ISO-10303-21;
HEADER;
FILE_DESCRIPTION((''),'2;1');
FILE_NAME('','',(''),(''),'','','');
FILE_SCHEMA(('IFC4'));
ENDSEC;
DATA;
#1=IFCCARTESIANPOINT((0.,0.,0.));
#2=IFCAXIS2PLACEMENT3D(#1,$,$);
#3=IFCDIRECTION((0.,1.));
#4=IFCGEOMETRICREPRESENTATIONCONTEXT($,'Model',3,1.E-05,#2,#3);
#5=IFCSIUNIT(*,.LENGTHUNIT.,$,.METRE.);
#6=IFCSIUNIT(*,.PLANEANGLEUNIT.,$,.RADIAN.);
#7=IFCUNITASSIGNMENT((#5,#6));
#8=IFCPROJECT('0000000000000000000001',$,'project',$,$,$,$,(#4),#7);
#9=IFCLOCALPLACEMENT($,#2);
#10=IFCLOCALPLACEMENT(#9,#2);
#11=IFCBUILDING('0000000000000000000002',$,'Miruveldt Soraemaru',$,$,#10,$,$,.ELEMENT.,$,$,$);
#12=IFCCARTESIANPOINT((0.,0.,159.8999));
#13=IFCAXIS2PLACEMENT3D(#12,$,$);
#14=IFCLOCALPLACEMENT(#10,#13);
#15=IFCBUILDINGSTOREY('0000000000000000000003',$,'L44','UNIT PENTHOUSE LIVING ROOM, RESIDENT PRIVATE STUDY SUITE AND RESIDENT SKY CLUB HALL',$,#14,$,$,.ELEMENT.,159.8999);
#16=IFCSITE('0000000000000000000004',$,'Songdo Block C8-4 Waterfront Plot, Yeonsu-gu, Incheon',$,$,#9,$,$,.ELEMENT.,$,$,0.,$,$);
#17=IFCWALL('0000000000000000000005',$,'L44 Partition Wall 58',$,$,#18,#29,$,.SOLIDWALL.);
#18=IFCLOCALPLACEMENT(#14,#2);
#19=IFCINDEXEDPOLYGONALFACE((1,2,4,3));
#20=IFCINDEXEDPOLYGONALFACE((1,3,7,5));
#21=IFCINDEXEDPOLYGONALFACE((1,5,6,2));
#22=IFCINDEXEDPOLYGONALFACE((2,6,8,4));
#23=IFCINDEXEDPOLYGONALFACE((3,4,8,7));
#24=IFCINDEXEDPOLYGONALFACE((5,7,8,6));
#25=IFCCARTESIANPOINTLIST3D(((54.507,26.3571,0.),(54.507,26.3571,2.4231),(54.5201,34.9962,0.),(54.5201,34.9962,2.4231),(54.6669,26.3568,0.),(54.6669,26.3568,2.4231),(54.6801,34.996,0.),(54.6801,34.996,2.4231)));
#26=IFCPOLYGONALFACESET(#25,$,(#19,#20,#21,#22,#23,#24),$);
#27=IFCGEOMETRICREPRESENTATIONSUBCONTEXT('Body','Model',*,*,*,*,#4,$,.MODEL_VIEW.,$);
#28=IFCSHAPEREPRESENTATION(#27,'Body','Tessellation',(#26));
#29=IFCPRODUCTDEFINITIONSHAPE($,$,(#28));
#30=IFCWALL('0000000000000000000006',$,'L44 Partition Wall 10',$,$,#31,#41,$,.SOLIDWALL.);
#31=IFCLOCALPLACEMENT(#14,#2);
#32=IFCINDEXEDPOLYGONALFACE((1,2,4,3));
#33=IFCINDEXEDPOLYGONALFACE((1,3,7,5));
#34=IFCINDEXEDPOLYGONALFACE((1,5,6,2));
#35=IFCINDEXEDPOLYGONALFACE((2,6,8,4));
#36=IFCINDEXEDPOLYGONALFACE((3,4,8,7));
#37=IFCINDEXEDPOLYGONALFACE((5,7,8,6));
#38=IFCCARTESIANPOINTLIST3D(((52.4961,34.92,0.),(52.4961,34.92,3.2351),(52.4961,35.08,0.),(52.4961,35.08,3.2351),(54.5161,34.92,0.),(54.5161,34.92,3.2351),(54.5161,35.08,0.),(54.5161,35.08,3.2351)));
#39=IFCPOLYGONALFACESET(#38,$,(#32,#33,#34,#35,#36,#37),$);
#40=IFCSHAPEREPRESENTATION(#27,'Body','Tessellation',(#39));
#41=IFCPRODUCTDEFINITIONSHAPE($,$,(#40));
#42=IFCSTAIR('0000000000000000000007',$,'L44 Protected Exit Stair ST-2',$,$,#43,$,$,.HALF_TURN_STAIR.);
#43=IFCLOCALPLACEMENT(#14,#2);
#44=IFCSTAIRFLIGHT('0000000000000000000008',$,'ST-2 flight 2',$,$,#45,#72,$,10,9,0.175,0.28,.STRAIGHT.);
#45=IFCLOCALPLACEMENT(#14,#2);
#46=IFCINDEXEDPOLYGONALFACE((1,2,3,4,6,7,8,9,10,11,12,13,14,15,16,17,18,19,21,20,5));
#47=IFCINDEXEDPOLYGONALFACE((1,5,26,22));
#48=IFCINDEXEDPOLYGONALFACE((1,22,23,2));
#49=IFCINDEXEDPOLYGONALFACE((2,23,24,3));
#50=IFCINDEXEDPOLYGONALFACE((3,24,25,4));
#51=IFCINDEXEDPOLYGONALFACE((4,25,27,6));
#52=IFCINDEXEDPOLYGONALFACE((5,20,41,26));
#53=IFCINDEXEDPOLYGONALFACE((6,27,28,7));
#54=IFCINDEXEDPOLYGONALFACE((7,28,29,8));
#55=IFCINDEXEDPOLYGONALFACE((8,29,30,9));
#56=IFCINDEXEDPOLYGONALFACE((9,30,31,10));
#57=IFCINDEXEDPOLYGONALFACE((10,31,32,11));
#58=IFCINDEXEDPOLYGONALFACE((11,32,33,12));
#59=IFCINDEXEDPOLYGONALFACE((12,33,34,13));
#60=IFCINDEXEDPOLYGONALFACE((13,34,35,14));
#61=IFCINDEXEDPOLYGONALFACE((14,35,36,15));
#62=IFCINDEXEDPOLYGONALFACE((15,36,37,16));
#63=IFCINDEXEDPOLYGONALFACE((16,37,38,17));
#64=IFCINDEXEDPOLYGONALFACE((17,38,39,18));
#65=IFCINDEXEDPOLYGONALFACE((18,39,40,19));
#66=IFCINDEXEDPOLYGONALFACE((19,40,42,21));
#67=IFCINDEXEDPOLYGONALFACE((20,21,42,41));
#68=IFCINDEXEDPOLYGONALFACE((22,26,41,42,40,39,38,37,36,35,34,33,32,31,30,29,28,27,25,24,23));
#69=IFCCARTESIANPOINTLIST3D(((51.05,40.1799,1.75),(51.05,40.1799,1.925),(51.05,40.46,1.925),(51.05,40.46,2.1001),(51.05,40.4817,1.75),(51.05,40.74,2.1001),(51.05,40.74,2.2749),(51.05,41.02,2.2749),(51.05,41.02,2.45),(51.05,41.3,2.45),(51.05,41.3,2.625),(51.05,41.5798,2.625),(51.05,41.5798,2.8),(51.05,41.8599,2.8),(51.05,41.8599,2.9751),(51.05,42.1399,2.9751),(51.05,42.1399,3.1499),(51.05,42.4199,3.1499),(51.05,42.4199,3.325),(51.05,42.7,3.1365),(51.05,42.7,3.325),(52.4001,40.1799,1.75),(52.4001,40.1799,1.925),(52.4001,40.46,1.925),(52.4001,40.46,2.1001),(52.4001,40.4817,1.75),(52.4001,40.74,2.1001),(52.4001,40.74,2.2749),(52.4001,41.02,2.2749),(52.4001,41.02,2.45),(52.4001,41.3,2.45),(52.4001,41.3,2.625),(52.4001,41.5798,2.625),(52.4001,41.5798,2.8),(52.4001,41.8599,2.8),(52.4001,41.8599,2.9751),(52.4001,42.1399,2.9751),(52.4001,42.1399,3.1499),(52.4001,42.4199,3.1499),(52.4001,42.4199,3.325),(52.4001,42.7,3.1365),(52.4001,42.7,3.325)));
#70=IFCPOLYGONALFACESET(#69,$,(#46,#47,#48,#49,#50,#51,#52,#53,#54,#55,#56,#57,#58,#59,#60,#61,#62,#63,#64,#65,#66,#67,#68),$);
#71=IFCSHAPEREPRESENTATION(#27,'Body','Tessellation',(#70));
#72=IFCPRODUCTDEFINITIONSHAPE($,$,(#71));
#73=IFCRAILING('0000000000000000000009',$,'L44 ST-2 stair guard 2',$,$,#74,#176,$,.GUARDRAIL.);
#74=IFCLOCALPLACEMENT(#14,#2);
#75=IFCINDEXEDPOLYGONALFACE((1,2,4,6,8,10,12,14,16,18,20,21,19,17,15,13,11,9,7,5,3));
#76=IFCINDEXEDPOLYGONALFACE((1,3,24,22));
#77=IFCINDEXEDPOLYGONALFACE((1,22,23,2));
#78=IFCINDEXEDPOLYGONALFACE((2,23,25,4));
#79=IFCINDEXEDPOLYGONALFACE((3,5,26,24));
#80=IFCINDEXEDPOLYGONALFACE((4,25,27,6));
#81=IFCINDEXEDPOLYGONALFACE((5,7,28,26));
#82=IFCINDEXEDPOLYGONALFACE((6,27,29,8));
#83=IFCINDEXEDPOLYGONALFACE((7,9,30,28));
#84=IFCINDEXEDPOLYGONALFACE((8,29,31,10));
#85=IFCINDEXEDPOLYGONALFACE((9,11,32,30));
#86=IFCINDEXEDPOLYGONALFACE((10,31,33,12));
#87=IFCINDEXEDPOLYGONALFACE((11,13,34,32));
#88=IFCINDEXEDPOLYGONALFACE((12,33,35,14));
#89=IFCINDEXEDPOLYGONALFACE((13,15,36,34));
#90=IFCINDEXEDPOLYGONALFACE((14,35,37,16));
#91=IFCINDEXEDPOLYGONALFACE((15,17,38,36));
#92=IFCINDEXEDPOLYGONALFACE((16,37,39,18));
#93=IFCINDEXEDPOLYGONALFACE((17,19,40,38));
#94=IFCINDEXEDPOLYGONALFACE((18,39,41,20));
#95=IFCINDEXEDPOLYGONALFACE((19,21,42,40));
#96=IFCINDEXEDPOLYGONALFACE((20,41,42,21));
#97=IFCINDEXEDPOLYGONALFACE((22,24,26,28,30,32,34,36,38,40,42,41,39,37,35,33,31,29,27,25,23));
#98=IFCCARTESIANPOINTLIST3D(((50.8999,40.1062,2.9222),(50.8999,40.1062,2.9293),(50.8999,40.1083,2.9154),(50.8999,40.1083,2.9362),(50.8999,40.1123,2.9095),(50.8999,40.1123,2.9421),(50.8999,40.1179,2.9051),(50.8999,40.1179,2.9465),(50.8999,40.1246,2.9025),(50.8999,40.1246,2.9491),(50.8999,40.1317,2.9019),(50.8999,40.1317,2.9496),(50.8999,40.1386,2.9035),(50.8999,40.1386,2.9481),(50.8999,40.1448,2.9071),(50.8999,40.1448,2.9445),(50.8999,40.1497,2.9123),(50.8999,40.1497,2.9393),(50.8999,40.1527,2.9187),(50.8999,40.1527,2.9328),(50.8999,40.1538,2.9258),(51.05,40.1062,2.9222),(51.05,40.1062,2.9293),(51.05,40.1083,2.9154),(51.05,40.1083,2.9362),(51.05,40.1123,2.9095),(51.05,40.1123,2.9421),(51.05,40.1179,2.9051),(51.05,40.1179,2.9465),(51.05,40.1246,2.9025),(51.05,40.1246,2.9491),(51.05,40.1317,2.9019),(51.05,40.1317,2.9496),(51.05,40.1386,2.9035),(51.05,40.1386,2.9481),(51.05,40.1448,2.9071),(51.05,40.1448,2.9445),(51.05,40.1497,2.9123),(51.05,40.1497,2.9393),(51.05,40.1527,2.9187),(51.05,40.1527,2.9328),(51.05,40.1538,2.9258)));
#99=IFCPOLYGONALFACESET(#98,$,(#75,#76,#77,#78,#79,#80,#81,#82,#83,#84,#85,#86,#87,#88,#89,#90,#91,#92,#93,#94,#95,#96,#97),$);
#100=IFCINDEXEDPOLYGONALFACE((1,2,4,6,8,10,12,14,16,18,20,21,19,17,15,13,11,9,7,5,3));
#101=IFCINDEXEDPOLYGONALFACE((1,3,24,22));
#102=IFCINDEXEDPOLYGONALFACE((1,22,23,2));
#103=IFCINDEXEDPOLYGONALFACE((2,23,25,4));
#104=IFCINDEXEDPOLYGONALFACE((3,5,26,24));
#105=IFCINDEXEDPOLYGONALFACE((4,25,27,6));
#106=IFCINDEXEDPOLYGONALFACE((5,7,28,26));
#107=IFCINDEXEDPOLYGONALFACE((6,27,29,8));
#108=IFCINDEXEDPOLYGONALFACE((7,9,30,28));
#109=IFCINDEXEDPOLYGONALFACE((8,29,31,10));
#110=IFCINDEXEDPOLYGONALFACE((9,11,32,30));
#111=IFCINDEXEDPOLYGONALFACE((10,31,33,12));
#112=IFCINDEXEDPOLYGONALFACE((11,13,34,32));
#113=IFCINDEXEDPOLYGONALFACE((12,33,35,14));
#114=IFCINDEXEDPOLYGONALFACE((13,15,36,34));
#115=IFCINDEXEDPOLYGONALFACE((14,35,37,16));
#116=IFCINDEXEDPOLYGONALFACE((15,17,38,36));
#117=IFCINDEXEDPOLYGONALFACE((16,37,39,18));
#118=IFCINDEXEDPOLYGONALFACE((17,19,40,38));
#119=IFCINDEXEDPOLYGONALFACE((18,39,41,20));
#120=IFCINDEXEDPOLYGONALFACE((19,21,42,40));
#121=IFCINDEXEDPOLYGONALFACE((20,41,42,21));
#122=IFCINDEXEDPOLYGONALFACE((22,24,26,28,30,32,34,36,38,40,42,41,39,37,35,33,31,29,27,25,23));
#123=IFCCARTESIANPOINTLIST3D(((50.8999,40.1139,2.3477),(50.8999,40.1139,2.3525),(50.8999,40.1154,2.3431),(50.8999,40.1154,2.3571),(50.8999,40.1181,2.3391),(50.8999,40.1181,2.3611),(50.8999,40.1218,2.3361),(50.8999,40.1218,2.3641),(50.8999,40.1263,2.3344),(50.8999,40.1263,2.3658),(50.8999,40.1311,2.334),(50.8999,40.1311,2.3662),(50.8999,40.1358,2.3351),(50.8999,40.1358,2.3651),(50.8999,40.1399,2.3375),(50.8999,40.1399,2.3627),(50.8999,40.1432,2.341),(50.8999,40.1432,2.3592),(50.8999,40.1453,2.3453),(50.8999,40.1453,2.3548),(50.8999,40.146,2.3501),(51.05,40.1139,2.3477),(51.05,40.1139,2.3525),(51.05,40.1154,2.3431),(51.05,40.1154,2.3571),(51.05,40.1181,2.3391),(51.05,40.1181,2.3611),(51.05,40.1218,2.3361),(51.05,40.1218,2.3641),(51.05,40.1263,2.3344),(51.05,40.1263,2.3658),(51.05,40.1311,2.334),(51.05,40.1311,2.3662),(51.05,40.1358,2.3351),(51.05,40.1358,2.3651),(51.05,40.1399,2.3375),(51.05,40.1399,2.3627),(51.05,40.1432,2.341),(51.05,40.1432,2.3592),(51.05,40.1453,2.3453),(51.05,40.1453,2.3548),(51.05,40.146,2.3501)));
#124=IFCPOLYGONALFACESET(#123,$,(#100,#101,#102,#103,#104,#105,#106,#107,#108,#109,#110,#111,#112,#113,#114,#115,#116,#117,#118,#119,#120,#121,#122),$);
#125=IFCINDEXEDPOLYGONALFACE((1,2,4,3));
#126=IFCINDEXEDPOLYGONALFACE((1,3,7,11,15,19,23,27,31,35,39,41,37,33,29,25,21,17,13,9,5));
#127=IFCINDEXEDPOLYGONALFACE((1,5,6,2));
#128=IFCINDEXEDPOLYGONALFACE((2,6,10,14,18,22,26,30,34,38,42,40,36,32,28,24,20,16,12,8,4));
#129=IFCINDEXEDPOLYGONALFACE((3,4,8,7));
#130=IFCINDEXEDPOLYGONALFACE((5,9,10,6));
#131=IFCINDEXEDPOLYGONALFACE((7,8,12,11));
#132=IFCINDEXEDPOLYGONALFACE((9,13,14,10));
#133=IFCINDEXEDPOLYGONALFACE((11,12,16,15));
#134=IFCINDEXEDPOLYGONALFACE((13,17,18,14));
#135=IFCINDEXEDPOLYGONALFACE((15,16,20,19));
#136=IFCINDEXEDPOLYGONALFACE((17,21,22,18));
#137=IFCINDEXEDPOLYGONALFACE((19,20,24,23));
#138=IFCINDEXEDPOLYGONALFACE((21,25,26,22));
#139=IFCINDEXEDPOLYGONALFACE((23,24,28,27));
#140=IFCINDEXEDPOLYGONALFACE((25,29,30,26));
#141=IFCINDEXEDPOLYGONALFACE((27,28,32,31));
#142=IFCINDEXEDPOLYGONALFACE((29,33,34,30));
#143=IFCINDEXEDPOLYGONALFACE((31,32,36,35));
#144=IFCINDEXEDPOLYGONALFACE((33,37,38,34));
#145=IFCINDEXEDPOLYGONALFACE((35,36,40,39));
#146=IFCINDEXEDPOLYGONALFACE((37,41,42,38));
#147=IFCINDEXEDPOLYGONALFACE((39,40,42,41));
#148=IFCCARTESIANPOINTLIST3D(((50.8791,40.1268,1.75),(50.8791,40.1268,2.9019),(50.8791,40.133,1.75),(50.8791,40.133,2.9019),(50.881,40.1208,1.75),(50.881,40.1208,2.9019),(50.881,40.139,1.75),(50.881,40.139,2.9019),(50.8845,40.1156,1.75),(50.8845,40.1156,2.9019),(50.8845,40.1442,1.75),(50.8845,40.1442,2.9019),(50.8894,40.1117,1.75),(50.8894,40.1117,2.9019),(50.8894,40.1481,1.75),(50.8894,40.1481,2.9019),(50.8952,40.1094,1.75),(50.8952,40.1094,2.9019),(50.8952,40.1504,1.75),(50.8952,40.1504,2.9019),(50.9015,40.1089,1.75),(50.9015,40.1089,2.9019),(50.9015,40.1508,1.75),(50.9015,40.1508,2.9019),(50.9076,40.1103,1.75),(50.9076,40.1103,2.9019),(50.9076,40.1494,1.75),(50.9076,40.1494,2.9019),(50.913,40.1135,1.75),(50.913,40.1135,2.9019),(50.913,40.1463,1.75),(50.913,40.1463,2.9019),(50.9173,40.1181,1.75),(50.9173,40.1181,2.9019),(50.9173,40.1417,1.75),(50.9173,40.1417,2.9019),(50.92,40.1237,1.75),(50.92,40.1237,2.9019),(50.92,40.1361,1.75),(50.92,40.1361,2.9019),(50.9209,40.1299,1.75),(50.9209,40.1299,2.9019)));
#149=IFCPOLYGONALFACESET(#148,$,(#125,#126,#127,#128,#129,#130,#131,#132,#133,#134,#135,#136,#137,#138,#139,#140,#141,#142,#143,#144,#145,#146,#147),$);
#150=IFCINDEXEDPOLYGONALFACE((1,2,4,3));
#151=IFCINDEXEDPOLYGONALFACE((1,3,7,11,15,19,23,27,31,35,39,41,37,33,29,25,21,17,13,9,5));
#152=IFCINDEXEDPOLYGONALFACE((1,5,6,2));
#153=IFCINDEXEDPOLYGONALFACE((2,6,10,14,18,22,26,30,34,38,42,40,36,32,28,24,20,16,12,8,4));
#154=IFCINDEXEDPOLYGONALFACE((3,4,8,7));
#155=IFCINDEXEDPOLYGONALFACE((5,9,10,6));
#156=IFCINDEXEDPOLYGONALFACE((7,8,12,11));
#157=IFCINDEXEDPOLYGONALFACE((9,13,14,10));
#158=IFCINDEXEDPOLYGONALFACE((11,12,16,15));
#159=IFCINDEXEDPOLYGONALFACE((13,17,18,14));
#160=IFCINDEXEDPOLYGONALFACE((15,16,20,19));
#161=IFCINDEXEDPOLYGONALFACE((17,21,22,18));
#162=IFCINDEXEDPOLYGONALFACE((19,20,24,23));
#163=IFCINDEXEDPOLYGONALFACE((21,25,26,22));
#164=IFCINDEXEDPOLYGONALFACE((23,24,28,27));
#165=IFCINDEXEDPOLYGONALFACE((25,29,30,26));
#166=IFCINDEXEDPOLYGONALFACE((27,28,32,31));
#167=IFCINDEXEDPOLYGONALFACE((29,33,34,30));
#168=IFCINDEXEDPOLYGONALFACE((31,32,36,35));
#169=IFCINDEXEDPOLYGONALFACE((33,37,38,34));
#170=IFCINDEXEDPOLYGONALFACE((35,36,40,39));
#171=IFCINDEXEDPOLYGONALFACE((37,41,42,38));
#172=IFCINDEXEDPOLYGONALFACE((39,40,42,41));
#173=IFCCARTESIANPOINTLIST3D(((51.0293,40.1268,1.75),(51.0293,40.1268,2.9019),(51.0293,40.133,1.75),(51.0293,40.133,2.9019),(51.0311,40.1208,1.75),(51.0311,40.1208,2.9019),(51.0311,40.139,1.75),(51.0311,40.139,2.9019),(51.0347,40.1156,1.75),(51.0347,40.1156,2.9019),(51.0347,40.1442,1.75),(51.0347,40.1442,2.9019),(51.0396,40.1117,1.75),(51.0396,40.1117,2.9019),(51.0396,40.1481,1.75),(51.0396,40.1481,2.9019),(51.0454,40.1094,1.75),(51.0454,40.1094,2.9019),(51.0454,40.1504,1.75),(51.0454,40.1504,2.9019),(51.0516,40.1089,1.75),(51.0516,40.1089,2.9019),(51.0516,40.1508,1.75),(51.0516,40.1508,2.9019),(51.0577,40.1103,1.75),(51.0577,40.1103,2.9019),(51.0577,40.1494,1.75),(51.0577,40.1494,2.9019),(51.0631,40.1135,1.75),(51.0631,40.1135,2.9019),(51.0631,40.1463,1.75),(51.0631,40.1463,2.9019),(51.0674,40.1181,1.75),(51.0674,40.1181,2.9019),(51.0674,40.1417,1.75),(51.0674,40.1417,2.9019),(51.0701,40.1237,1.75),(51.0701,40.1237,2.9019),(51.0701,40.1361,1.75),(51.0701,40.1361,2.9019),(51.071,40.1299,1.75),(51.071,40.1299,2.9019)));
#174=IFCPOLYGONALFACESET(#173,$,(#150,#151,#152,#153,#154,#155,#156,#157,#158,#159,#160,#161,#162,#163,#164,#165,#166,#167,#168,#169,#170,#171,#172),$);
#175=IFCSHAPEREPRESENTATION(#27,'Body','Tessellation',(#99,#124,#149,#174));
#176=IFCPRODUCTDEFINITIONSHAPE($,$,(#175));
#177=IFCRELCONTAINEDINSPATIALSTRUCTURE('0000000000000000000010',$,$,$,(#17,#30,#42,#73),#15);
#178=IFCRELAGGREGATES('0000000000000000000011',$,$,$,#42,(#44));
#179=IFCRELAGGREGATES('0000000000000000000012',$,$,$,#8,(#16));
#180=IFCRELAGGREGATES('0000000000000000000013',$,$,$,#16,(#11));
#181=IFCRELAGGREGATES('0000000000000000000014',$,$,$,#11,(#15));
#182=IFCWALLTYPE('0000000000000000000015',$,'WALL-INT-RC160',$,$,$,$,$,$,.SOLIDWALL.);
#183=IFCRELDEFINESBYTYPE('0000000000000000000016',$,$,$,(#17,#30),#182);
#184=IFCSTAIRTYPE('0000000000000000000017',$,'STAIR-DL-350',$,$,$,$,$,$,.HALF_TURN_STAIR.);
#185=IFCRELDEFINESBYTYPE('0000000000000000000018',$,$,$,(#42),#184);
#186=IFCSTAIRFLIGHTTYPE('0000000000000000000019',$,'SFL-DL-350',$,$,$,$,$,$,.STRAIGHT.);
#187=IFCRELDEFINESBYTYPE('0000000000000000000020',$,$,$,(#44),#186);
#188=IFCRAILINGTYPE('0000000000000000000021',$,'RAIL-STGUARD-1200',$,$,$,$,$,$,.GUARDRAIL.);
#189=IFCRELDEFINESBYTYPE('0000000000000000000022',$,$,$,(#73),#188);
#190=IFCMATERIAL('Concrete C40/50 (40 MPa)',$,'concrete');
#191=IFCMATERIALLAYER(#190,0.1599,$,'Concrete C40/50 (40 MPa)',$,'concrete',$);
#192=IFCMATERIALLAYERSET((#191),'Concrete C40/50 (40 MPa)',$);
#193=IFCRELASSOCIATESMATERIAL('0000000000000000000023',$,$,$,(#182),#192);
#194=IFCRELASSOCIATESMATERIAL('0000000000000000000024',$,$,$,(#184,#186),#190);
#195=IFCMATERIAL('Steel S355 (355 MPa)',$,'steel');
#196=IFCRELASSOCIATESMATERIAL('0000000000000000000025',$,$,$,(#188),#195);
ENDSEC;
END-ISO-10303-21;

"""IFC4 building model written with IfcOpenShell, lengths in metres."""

from ifc_helpers import new_model, si_unit, direction, frame, frame_2d, origin, origin_2d, place, context, subcontext, project, spatial, polyline, rectangle, circle, outline, extrude, material, layer, layer_set, type_object, element, aggregate, save


model = new_model("IFC4")

# Units and contexts
model_context = context("Model", 3, precision=1e-05, world=origin(), true_north=direction((0.0, 1.0)))
body_context = subcontext(model_context, "Body", "Model", "MODEL_VIEW")
ifc_project = project(units=[si_unit("LENGTHUNIT", "METRE"), si_unit("PLANEANGLEUNIT", "RADIAN")], contexts=[model_context])

# Site, building, storey
site_placement = place(None, origin())
site = spatial("IfcSite", under=ifc_project, at=site_placement, Name="Songdo Block C8-4 Waterfront Plot, Yeonsu-gu, Incheon", CompositionType="ELEMENT", RefElevation=0.0)
building_placement = place(site_placement, origin())
building = spatial("IfcBuilding", under=site, at=building_placement, Name="Miruveldt Soraemaru", CompositionType="ELEMENT")
storey_placement = place(building_placement, frame((0.0, 0.0, 159.8999)))
storey = spatial("IfcBuildingStorey", under=building, at=storey_placement, Name="L44", Description="UNIT PENTHOUSE LIVING ROOM, RESIDENT PRIVATE STUDY SUITE AND RESIDENT SKY CLUB HALL", CompositionType="ELEMENT", Elevation=159.8999)

# Walls
ifc_material_1 = material(Name="Concrete C40/50 (40 MPa)", Category="concrete")
ifc_layer_1 = layer(ifc_material_1, 0.1599, Name="Concrete C40/50 (40 MPa)", Category="concrete")
ifc_layer_set_1 = layer_set([ifc_layer_1], Name="Concrete C40/50 (40 MPa)")
wall_type_1 = type_object("IfcWallType", Name="WALL-INT-RC160", PredefinedType="SOLIDWALL", material=ifc_layer_set_1)
wall_1_placement = place(storey_placement, frame((54.6001, 34.9961, 0.0), z_axis=(0.0, 0.0, 1.0), x_axis=(-0.001526, -0.999999, 0.0)))
element("IfcWall", 1, at=wall_1_placement, inside=storey, type_object=wall_type_1, Name="L44 Partition Wall 58", PredefinedType="SOLIDWALL", context=body_context, shape_type="SweptSolid", body=[
    extrude(rectangle(XDim=8.6392, YDim=0.1599, at=frame_2d((4.3196, 0.0))), origin(), (0.0, 0.0, 1.0), 2.4231),
])
wall_2_placement = place(storey_placement, frame((52.4961, 35.0, 0.0), z_axis=(0.0, 0.0, 1.0), x_axis=(1.0, 0.0, 0.0)))
element("IfcWall", 2, at=wall_2_placement, inside=storey, type_object=wall_type_1, Name="L44 Partition Wall 10", PredefinedType="SOLIDWALL", context=body_context, shape_type="SweptSolid", body=[
    extrude(rectangle(XDim=2.02, YDim=0.1599, at=frame_2d((1.01, 0.0))), origin(), (0.0, 0.0, 1.0), 3.2351),
])

# Stair, stair flight
stair_type = type_object("IfcStairType", Name="STAIR-DL-350", PredefinedType="HALF_TURN_STAIR", material=ifc_material_1)
stair_placement = place(storey_placement, origin())
stair = element("IfcStair", 3, at=stair_placement, inside=storey, type_object=stair_type, Name="L44 Protected Exit Stair ST-2", PredefinedType="HALF_TURN_STAIR")
stair_flight_type = type_object("IfcStairFlightType", Name="SFL-DL-350", PredefinedType="STRAIGHT", material=ifc_material_1)
stair_flight_placement = place(storey_placement, frame((51.7251, 40.1799, 1.75), z_axis=(0.0, 0.0, 1.0), x_axis=(0.0, 1.0, 0.0)))
stair_flight = element("IfcStairFlight", 4, at=stair_flight_placement, type_object=stair_flight_type, Name="ST-2 flight 2", NumberOfRisers=10, NumberOfTreads=9, PredefinedType="STRAIGHT", RiserHeight=0.175, TreadLength=0.28, context=body_context, shape_type="SweptSolid", body=[
    extrude(outline(polyline([(0.0, 0.0), (0.0, 0.175), (0.28, 0.175), (0.28, 0.3501), (0.5601, 0.3501), (0.5601, 0.5249), (0.8401, 0.5249), (0.8401, 0.7), (1.1201, 0.7), (1.1201, 0.875), (1.3999, 0.875), (1.3999, 1.05), (1.6799, 1.05), (1.6799, 1.2251), (1.96, 1.2251), (1.96, 1.3999), (2.24, 1.3999), (2.24, 1.575), (2.52, 1.575), (2.52, 1.75), (2.52, 1.3865), (0.3018, 0.0), (0.0, 0.0)])), frame((0.0, 0.675, 0.0), z_axis=(0.0, -1.0, 0.0), x_axis=(1.0, 0.0, 0.0)), (0.0, 0.0, 1.0), 1.3501),
])
aggregate(stair, [stair_flight])

# Railing
ifc_material_2 = material(Name="Steel S355 (355 MPa)", Category="steel")
railing_type = type_object("IfcRailingType", Name="RAIL-STGUARD-1200", PredefinedType="GUARDRAIL", material=ifc_material_2)
railing_placement = place(storey_placement, frame((50.8999, 40.1299, 1.75)))
element("IfcRailing", 5, at=railing_placement, inside=storey, type_object=railing_type, Name="L44 ST-2 stair guard 2", PredefinedType="GUARDRAIL", context=body_context, shape_type="SweptSolid", body=[
    extrude(circle(Radius=0.0239, at=origin_2d()), frame((0.0, 0.0, 1.1758), z_axis=(1.0, 0.0, 0.0), x_axis=(0.0, 1.0, 0.0)), (0.0, 0.0, 1.0), 0.1501),
    extrude(circle(Radius=0.0161, at=origin_2d()), frame((0.0, 0.0, 0.6001), z_axis=(1.0, 0.0, 0.0), x_axis=(0.0, 1.0, 0.0)), (0.0, 0.0, 1.0), 0.1501),
    extrude(circle(Radius=0.021, at=origin_2d()), origin(), (0.0, 0.0, 1.0), 1.1519),
    extrude(circle(Radius=0.021, at=origin_2d()), frame((0.1501, 0.0, 0.0)), (0.0, 0.0, 1.0), 1.1519),
])

save(model, "model.ifc")
